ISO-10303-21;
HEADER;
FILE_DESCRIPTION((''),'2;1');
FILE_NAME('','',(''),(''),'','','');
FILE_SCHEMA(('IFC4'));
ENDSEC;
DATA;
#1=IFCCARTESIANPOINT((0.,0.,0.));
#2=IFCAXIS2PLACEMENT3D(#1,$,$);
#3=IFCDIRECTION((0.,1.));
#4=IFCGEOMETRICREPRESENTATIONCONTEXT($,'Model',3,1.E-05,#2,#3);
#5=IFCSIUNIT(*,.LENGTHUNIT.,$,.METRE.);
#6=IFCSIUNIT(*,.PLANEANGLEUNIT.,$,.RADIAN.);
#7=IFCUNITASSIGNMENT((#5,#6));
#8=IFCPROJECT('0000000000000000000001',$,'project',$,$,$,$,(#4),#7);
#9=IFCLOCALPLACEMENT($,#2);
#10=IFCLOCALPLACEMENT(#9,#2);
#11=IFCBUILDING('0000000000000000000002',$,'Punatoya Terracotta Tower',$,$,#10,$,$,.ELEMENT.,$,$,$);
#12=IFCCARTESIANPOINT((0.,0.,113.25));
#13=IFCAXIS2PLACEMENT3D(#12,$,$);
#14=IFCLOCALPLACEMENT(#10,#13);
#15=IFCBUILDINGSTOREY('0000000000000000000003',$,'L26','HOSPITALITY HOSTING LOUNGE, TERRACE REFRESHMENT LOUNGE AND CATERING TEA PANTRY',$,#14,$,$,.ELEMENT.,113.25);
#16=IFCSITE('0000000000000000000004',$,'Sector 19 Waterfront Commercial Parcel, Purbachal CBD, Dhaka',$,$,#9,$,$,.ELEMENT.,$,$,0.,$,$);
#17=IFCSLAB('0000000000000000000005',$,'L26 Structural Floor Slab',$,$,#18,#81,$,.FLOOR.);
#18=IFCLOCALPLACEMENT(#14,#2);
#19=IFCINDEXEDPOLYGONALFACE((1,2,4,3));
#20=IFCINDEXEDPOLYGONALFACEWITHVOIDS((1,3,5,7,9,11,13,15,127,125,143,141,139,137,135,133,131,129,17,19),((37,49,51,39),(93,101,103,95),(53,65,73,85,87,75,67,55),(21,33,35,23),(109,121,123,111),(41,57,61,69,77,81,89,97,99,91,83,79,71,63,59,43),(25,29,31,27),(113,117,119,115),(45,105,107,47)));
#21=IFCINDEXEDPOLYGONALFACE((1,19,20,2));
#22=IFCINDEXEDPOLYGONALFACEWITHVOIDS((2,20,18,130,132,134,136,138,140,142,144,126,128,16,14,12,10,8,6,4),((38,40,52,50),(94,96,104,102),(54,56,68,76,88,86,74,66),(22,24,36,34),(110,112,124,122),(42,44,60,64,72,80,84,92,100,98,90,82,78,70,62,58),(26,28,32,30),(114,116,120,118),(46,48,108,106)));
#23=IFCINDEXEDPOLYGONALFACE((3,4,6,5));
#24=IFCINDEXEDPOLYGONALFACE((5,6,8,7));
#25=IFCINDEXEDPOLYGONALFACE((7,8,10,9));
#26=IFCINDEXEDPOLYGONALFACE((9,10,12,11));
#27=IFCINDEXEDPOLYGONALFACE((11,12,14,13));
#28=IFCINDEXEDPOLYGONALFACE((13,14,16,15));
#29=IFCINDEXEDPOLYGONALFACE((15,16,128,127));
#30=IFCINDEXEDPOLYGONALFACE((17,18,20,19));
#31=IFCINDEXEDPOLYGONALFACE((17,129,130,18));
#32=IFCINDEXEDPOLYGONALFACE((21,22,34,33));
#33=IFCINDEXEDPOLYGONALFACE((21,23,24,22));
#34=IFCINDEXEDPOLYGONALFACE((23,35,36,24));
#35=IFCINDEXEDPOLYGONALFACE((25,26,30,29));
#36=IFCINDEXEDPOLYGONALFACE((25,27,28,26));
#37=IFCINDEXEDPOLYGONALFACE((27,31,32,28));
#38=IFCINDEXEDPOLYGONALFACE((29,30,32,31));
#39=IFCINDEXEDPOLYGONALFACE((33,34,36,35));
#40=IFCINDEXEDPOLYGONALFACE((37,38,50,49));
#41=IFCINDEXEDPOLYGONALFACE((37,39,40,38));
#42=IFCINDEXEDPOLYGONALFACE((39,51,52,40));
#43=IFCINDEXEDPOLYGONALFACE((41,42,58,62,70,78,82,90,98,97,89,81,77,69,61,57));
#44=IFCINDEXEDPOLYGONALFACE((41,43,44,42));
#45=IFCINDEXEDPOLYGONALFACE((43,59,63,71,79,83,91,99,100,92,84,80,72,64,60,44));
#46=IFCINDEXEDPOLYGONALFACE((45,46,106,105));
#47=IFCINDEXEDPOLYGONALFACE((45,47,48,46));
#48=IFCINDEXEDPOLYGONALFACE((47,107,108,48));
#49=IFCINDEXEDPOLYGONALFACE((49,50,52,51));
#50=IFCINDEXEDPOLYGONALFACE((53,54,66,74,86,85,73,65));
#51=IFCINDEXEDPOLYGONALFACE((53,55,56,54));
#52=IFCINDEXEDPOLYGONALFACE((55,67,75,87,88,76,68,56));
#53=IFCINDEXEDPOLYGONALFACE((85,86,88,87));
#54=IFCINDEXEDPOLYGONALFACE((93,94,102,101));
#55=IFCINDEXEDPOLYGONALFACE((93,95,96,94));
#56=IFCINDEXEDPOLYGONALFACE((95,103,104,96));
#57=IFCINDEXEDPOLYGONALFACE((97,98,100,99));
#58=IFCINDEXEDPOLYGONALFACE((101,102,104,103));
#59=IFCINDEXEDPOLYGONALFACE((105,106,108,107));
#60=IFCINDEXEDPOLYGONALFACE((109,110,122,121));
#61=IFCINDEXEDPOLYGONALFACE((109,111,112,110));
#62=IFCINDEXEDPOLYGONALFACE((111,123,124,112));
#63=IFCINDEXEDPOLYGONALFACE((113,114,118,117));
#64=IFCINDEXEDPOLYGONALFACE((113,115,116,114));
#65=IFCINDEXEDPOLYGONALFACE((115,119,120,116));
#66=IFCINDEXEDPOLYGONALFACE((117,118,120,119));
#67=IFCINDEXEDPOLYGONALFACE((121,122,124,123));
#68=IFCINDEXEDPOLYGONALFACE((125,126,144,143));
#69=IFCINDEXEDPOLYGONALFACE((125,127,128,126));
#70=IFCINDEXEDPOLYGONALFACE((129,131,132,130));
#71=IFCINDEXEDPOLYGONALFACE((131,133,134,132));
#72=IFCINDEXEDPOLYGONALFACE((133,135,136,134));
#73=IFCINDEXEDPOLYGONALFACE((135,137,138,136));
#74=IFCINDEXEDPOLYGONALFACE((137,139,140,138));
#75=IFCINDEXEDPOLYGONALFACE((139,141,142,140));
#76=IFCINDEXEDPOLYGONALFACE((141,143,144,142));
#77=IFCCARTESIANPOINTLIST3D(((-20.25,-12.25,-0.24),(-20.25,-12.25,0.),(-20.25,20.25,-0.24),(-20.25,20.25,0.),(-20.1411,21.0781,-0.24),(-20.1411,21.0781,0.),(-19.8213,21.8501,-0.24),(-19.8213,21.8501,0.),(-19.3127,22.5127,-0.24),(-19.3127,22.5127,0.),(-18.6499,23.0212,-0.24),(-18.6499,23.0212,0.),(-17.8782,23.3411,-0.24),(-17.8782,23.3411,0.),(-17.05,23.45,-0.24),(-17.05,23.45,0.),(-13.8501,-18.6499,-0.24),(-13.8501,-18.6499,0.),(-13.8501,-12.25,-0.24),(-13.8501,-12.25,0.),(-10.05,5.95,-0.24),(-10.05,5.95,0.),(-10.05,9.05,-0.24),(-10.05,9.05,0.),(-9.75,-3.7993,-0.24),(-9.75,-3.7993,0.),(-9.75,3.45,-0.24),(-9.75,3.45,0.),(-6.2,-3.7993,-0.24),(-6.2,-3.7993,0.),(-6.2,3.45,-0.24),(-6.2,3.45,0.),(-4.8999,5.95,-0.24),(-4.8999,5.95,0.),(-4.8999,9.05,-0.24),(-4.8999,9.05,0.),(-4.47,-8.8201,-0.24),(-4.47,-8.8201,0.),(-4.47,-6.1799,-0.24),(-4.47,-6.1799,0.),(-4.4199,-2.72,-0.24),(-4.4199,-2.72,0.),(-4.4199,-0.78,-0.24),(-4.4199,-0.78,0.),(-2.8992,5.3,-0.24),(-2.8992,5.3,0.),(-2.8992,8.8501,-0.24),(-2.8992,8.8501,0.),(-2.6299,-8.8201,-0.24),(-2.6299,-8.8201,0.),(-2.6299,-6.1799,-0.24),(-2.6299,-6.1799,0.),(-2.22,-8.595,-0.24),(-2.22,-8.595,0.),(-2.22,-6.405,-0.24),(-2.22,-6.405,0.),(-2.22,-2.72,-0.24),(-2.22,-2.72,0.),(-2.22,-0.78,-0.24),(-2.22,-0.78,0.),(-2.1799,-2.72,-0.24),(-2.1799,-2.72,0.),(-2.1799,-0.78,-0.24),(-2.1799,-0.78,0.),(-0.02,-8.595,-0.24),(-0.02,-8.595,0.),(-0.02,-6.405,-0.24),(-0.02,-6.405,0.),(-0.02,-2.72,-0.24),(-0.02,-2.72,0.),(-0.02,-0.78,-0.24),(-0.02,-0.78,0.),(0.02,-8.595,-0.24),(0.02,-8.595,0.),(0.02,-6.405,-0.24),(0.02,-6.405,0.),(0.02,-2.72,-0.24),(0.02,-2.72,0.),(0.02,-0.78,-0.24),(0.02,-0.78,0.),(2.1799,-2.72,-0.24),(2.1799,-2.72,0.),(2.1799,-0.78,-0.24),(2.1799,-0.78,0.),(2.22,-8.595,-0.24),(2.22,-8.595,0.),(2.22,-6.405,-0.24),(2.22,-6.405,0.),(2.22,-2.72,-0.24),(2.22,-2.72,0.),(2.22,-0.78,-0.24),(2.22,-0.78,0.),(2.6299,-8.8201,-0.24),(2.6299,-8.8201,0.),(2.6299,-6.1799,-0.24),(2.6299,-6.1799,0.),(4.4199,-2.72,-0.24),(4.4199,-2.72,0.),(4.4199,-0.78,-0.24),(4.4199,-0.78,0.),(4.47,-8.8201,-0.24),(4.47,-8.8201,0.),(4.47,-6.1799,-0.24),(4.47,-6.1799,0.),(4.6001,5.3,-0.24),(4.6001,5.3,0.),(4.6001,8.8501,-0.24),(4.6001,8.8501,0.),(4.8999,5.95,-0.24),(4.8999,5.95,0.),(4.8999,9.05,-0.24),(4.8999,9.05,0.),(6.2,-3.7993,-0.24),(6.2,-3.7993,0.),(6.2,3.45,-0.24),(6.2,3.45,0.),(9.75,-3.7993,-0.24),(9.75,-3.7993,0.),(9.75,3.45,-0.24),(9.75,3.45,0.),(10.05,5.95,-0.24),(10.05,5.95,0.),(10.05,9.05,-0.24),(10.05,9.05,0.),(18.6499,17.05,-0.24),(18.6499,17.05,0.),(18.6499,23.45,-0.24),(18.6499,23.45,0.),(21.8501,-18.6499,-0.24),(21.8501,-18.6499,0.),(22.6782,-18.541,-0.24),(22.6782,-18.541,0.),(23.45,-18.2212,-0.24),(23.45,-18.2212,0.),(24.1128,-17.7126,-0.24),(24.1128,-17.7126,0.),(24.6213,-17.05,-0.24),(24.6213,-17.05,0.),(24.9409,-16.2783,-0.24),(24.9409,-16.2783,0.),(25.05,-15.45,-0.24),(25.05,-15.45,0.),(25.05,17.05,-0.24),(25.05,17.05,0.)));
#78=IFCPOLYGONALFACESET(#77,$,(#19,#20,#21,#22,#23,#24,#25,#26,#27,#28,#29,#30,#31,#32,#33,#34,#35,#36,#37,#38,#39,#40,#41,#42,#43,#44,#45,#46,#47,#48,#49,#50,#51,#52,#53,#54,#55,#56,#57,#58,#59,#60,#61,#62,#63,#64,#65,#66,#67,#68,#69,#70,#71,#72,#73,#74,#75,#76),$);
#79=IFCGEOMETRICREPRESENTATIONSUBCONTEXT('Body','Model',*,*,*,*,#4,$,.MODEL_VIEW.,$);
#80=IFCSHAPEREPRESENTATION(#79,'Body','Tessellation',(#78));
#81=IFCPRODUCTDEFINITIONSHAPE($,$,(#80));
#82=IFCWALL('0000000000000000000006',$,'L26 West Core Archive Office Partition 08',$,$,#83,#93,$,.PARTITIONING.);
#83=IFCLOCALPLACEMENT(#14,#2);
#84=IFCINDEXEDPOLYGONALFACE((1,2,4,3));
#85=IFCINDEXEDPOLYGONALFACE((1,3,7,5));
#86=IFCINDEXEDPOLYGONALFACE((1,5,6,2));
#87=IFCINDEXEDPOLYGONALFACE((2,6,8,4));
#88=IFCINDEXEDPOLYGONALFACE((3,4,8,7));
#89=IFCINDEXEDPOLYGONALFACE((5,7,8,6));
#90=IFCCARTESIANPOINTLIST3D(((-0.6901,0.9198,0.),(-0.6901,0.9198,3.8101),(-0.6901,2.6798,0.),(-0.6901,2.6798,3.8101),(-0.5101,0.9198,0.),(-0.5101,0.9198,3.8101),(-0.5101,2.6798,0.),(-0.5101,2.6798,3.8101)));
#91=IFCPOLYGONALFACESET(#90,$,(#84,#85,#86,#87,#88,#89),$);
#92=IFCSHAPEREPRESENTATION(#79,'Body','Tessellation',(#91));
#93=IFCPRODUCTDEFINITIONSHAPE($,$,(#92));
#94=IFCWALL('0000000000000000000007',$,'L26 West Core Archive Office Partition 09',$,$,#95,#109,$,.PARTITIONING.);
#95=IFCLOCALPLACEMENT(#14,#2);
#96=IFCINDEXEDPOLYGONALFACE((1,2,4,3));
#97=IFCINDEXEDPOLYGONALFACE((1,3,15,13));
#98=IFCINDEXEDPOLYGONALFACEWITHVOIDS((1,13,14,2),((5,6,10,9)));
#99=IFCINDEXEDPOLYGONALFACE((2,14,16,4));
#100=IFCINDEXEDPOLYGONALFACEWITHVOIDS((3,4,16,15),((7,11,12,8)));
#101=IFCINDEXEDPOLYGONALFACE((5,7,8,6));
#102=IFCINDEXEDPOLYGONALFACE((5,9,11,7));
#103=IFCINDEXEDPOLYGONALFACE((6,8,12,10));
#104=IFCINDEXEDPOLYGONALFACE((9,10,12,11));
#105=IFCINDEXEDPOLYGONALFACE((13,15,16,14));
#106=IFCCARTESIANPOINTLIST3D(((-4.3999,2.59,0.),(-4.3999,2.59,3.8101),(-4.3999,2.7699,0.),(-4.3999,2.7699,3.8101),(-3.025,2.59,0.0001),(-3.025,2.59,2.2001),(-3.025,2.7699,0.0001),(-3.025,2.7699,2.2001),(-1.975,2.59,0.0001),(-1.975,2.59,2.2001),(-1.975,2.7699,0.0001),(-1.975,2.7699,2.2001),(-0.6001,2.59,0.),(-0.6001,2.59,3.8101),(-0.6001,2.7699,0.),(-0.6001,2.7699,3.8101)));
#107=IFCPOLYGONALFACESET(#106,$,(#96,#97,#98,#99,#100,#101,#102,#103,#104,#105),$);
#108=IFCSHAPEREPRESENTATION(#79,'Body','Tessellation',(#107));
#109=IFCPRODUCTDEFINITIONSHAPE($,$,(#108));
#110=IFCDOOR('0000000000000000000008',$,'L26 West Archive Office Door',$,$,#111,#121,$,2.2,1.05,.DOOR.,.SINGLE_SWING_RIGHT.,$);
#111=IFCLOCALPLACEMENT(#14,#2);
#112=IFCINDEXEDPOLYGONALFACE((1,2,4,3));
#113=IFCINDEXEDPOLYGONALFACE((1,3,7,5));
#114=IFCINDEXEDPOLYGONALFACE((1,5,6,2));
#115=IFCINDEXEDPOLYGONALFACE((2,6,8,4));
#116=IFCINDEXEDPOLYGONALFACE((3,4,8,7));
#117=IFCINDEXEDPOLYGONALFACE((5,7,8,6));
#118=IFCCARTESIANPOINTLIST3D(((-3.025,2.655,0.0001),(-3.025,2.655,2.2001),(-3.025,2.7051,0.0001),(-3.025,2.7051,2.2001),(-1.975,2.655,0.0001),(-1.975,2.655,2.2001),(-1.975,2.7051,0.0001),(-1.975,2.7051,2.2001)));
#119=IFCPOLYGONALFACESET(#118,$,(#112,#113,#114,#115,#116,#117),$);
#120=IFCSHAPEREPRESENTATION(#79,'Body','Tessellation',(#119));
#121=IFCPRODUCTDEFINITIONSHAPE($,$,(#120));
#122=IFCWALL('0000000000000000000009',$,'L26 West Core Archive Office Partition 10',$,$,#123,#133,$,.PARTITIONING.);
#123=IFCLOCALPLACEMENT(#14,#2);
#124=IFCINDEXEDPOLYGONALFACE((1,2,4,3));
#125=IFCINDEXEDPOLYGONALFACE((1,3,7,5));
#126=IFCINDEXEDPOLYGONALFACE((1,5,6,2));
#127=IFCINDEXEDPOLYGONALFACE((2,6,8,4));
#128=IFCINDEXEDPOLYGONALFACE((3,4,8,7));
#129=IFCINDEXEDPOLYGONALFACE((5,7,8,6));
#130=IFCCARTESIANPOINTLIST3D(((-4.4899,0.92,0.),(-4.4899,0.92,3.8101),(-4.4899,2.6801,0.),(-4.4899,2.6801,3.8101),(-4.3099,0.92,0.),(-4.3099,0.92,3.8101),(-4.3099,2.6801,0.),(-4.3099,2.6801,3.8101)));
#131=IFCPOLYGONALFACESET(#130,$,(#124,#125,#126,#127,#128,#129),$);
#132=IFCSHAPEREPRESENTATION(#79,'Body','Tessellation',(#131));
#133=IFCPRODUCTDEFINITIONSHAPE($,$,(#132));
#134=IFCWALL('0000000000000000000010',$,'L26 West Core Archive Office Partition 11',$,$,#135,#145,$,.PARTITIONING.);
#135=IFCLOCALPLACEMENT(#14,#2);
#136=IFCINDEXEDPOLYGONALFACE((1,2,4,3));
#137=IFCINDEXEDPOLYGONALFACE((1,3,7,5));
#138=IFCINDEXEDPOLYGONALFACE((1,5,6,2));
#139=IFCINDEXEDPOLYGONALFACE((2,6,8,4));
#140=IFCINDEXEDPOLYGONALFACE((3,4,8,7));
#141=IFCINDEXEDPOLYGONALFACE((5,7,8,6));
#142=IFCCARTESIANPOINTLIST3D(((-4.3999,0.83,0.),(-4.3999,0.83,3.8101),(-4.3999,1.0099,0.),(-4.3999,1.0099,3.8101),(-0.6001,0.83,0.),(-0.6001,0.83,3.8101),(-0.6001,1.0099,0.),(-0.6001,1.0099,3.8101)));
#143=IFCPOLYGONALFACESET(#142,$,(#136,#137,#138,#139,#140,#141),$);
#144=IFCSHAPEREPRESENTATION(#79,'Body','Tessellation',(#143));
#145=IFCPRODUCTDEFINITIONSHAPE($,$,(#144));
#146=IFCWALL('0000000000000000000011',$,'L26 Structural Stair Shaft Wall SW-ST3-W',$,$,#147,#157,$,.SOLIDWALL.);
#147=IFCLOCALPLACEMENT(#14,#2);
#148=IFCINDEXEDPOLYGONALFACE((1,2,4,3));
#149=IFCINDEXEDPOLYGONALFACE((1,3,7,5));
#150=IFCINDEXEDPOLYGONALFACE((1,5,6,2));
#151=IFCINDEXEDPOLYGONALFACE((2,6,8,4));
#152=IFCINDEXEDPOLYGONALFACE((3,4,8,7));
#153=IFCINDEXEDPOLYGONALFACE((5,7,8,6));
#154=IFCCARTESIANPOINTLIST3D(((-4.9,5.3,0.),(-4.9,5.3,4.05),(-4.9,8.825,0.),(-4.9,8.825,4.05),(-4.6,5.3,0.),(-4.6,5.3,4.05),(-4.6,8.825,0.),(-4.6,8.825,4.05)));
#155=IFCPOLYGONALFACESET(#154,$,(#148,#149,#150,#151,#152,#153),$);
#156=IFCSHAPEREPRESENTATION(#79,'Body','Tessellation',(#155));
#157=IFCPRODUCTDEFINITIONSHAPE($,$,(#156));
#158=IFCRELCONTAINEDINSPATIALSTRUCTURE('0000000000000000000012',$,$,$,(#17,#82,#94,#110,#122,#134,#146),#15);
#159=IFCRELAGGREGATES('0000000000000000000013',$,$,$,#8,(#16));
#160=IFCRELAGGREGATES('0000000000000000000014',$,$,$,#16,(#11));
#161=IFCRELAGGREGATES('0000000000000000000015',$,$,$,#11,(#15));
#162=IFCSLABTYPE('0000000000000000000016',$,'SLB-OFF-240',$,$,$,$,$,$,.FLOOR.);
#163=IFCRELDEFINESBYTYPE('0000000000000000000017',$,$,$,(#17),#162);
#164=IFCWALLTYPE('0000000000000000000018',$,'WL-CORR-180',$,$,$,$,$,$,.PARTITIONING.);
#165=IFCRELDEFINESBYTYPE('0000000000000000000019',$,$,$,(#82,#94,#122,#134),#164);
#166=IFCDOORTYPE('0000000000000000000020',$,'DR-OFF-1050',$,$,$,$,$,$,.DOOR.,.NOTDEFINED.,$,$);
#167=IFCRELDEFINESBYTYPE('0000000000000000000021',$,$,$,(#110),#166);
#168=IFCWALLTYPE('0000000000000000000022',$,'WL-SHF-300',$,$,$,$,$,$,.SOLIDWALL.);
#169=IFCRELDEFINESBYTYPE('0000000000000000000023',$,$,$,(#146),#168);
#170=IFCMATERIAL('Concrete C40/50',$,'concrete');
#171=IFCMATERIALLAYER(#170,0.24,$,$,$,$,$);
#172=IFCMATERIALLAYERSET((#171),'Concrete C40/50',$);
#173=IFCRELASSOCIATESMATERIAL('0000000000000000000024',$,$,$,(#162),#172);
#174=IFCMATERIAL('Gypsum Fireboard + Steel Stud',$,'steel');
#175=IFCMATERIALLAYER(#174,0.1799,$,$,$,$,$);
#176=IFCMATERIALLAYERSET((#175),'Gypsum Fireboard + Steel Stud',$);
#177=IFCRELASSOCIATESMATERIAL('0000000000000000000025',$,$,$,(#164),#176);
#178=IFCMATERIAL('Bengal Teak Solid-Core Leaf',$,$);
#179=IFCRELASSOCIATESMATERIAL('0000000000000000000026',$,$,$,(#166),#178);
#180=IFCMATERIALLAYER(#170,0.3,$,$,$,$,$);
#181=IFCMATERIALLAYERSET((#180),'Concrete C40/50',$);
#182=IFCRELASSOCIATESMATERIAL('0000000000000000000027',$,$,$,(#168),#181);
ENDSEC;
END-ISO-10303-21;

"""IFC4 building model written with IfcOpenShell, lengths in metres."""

from ifc_helpers import new_model, si_unit, direction, frame, frame_2d, origin, place, context, subcontext, project, spatial, polyline, rectangle, outline, extrude, material, layer, layer_set, type_object, element, fill, save


model = new_model("IFC4")

# Units and contexts
model_context = context("Model", 3, precision=1e-05, world=origin(), true_north=direction((0.0, 1.0)))
body_context = subcontext(model_context, "Body", "Model", "MODEL_VIEW")
ifc_project = project(units=[si_unit("LENGTHUNIT", "METRE"), si_unit("PLANEANGLEUNIT", "RADIAN")], contexts=[model_context])

# Site, building, storey
site_placement = place(None, origin())
site = spatial("IfcSite", under=ifc_project, at=site_placement, Name="Sector 19 Waterfront Commercial Parcel, Purbachal CBD, Dhaka", CompositionType="ELEMENT", RefElevation=0.0)
building_placement = place(site_placement, origin())
building = spatial("IfcBuilding", under=site, at=building_placement, Name="Punatoya Terracotta Tower", CompositionType="ELEMENT")
storey_placement = place(building_placement, frame((0.0, 0.0, 113.25)))
storey = spatial("IfcBuildingStorey", under=building, at=storey_placement, Name="L26", Description="HOSPITALITY HOSTING LOUNGE, TERRACE REFRESHMENT LOUNGE AND CATERING TEA PANTRY", CompositionType="ELEMENT", Elevation=113.25)

# Slab
ifc_material_1 = material(Name="Concrete C40/50", Category="concrete")
ifc_layer_1 = layer(ifc_material_1, 0.24)
ifc_layer_set_1 = layer_set([ifc_layer_1], Name="Concrete C40/50")
slab_type = type_object("IfcSlabType", Name="SLB-OFF-240", PredefinedType="FLOOR", material=ifc_layer_set_1)
slab_placement = place(storey_placement, frame((0.0, 0.0, -0.24)))
element("IfcSlab", 1, at=slab_placement, inside=storey, type_object=slab_type, Name="L26 Structural Floor Slab", PredefinedType="FLOOR", context=body_context, shape_type="SweptSolid", body=[
    extrude(outline(polyline([(-13.8501, -18.6499), (-13.8501, -12.25), (-20.25, -12.25), (-20.25, 20.25), (-20.1411, 21.0781), (-19.8213, 21.8501), (-19.3127, 22.5127), (-18.6499, 23.0212), (-17.8782, 23.3411), (-17.05, 23.45), (18.6499, 23.45), (18.6499, 17.05), (25.05, 17.05), (25.05, -15.45), (24.9409, -16.2783), (24.6213, -17.05), (24.1128, -17.7126), (23.45, -18.2212), (22.6782, -18.541), (21.8501, -18.6499), (-13.8501, -18.6499)]), holes=[polyline([(-2.6299, -6.1799), (-4.47, -6.1799), (-4.47, -8.8201), (-2.6299, -8.8201), (-2.6299, -6.1799)]), polyline([(0.02, -8.595), (2.22, -8.595), (2.22, -6.405), (0.02, -6.405), (-0.02, -6.405), (-2.22, -6.405), (-2.22, -8.595), (-0.02, -8.595), (0.02, -8.595)]), polyline([(-2.22, -2.72), (-2.1799, -2.72), (-0.02, -2.72), (0.02, -2.72), (2.1799, -2.72), (2.22, -2.72), (4.4199, -2.72), (4.4199, -0.78), (2.22, -0.78), (2.1799, -0.78), (0.02, -0.78), (-0.02, -0.78), (-2.1799, -0.78), (-2.22, -0.78), (-4.4199, -0.78), (-4.4199, -2.72), (-2.22, -2.72)]), polyline([(-6.2, 3.45), (-9.75, 3.45), (-9.75, -3.7993), (-6.2, -3.7993), (-6.2, 3.45)]), polyline([(4.6001, 5.3), (4.6001, 8.8501), (-2.8992, 8.8501), (-2.8992, 5.3), (4.6001, 5.3)]), polyline([(-4.8999, 9.05), (-10.05, 9.05), (-10.05, 5.95), (-4.8999, 5.95), (-4.8999, 9.05)]), polyline([(4.47, -8.8201), (4.47, -6.1799), (2.6299, -6.1799), (2.6299, -8.8201), (4.47, -8.8201)]), polyline([(9.75, 3.45), (6.2, 3.45), (6.2, -3.7993), (9.75, -3.7993), (9.75, 3.45)]), polyline([(10.05, 5.95), (10.05, 9.05), (4.8999, 9.05), (4.8999, 5.95), (10.05, 5.95)])]), origin(), (0.0, 0.0, 1.0), 0.24),
])

# Wall
ifc_material_2 = material(Name="Gypsum Fireboard + Steel Stud", Category="steel")
ifc_layer_2 = layer(ifc_material_2, 0.1799)
ifc_layer_set_2 = layer_set([ifc_layer_2], Name="Gypsum Fireboard + Steel Stud")
wall_type_1 = type_object("IfcWallType", Name="WL-CORR-180", PredefinedType="PARTITIONING", material=ifc_layer_set_2)
wall_1_placement = place(storey_placement, frame((-0.6001, 0.9199, 0.0), z_axis=(0.0, 0.0, 1.0), x_axis=(0.0, 1.0, 0.0)))
element("IfcWall", 2, at=wall_1_placement, inside=storey, type_object=wall_type_1, Name="L26 West Core Archive Office Partition 08", PredefinedType="PARTITIONING", context=body_context, shape_type="SweptSolid", body=[
    extrude(rectangle(XDim=1.76, YDim=0.1799, at=frame_2d((0.8799, 0.0))), origin(), (0.0, 0.0, 1.0), 3.8101),
])

# Wall, opening, door
wall_2_placement = place(storey_placement, frame((-0.6001, 2.6799, 0.0), z_axis=(0.0, 0.0, 1.0), x_axis=(-1.0, 0.0, 0.0)))
wall_2 = element("IfcWall", 3, at=wall_2_placement, inside=storey, type_object=wall_type_1, Name="L26 West Core Archive Office Partition 09", PredefinedType="PARTITIONING", context=body_context, shape_type="SweptSolid", body=[
    extrude(rectangle(XDim=3.7998, YDim=0.1799, at=frame_2d((1.8999, 0.0))), origin(), (0.0, 0.0, 1.0), 3.8101),
])
opening_1_placement = place(wall_2_placement, frame((1.375, 0.0, 0.0)))
opening_1 = element("IfcOpeningElement", 4, at=opening_1_placement, cuts=wall_2, PredefinedType="OPENING", context=body_context, shape_type="SweptSolid", body=[
    extrude(rectangle(XDim=1.05, YDim=2.2, at=frame_2d((0.5249, 1.1001))), frame((0.0, 0.0999, 0.0), z_axis=(0.0, -1.0, 0.0), x_axis=(1.0, 0.0, 0.0)), (0.0, 0.0, 1.0), 0.2),
])
ifc_material_3 = material(Name="Bengal Teak Solid-Core Leaf")
door_type_1 = type_object("IfcDoorType", Name="DR-OFF-1050", OperationType="NOTDEFINED", PredefinedType="DOOR", material=ifc_material_3)
door_1_placement = place(opening_1_placement, origin())
door_1 = element("IfcDoor", 5, at=door_1_placement, inside=storey, type_object=door_type_1, Name="L26 West Archive Office Door", OperationType="SINGLE_SWING_RIGHT", OverallHeight=2.2, OverallWidth=1.05, PredefinedType="DOOR", context=body_context, shape_type="SweptSolid", body=[
    extrude(rectangle(XDim=1.05, YDim=2.2, at=frame_2d((0.5249, 1.1001))), frame((0.0, 0.0249, 0.0), z_axis=(0.0, -1.0, 0.0), x_axis=(1.0, 0.0, 0.0)), (0.0, 0.0, 1.0), 0.05),
])
fill(opening_1, door_1)

# Walls
wall_3_placement = place(storey_placement, frame((-4.3999, 2.6799, 0.0), z_axis=(0.0, 0.0, 1.0), x_axis=(0.0, -1.0, 0.0)))
element("IfcWall", 6, at=wall_3_placement, inside=storey, type_object=wall_type_1, Name="L26 West Core Archive Office Partition 10", PredefinedType="PARTITIONING", context=body_context, shape_type="SweptSolid", body=[
    extrude(rectangle(XDim=1.76, YDim=0.1799, at=frame_2d((0.8799, 0.0))), origin(), (0.0, 0.0, 1.0), 3.8101),
])
wall_4_placement = place(storey_placement, frame((-4.3999, 0.9199, 0.0), z_axis=(0.0, 0.0, 1.0), x_axis=(1.0, 0.0, 0.0)))
element("IfcWall", 7, at=wall_4_placement, inside=storey, type_object=wall_type_1, Name="L26 West Core Archive Office Partition 11", PredefinedType="PARTITIONING", context=body_context, shape_type="SweptSolid", body=[
    extrude(rectangle(XDim=3.7998, YDim=0.1799, at=frame_2d((1.8999, 0.0))), origin(), (0.0, 0.0, 1.0), 3.8101),
])
ifc_layer_3 = layer(ifc_material_1, 0.3)
ifc_layer_set_3 = layer_set([ifc_layer_3], Name="Concrete C40/50")
wall_type_2 = type_object("IfcWallType", Name="WL-SHF-300", PredefinedType="SOLIDWALL", material=ifc_layer_set_3)
wall_5_placement = place(storey_placement, frame((-4.75, 5.3, 0.0), z_axis=(0.0, 0.0, 1.0), x_axis=(0.0, 1.0, 0.0)))
element("IfcWall", 8, at=wall_5_placement, inside=storey, type_object=wall_type_2, Name="L26 Structural Stair Shaft Wall SW-ST3-W", PredefinedType="SOLIDWALL", context=body_context, shape_type="SweptSolid", body=[
    extrude(rectangle(XDim=3.5249, YDim=0.3, at=frame_2d((1.7625, 0.0))), origin(), (0.0, 0.0, 1.0), 4.05),
])

save(model, "model.ifc")
